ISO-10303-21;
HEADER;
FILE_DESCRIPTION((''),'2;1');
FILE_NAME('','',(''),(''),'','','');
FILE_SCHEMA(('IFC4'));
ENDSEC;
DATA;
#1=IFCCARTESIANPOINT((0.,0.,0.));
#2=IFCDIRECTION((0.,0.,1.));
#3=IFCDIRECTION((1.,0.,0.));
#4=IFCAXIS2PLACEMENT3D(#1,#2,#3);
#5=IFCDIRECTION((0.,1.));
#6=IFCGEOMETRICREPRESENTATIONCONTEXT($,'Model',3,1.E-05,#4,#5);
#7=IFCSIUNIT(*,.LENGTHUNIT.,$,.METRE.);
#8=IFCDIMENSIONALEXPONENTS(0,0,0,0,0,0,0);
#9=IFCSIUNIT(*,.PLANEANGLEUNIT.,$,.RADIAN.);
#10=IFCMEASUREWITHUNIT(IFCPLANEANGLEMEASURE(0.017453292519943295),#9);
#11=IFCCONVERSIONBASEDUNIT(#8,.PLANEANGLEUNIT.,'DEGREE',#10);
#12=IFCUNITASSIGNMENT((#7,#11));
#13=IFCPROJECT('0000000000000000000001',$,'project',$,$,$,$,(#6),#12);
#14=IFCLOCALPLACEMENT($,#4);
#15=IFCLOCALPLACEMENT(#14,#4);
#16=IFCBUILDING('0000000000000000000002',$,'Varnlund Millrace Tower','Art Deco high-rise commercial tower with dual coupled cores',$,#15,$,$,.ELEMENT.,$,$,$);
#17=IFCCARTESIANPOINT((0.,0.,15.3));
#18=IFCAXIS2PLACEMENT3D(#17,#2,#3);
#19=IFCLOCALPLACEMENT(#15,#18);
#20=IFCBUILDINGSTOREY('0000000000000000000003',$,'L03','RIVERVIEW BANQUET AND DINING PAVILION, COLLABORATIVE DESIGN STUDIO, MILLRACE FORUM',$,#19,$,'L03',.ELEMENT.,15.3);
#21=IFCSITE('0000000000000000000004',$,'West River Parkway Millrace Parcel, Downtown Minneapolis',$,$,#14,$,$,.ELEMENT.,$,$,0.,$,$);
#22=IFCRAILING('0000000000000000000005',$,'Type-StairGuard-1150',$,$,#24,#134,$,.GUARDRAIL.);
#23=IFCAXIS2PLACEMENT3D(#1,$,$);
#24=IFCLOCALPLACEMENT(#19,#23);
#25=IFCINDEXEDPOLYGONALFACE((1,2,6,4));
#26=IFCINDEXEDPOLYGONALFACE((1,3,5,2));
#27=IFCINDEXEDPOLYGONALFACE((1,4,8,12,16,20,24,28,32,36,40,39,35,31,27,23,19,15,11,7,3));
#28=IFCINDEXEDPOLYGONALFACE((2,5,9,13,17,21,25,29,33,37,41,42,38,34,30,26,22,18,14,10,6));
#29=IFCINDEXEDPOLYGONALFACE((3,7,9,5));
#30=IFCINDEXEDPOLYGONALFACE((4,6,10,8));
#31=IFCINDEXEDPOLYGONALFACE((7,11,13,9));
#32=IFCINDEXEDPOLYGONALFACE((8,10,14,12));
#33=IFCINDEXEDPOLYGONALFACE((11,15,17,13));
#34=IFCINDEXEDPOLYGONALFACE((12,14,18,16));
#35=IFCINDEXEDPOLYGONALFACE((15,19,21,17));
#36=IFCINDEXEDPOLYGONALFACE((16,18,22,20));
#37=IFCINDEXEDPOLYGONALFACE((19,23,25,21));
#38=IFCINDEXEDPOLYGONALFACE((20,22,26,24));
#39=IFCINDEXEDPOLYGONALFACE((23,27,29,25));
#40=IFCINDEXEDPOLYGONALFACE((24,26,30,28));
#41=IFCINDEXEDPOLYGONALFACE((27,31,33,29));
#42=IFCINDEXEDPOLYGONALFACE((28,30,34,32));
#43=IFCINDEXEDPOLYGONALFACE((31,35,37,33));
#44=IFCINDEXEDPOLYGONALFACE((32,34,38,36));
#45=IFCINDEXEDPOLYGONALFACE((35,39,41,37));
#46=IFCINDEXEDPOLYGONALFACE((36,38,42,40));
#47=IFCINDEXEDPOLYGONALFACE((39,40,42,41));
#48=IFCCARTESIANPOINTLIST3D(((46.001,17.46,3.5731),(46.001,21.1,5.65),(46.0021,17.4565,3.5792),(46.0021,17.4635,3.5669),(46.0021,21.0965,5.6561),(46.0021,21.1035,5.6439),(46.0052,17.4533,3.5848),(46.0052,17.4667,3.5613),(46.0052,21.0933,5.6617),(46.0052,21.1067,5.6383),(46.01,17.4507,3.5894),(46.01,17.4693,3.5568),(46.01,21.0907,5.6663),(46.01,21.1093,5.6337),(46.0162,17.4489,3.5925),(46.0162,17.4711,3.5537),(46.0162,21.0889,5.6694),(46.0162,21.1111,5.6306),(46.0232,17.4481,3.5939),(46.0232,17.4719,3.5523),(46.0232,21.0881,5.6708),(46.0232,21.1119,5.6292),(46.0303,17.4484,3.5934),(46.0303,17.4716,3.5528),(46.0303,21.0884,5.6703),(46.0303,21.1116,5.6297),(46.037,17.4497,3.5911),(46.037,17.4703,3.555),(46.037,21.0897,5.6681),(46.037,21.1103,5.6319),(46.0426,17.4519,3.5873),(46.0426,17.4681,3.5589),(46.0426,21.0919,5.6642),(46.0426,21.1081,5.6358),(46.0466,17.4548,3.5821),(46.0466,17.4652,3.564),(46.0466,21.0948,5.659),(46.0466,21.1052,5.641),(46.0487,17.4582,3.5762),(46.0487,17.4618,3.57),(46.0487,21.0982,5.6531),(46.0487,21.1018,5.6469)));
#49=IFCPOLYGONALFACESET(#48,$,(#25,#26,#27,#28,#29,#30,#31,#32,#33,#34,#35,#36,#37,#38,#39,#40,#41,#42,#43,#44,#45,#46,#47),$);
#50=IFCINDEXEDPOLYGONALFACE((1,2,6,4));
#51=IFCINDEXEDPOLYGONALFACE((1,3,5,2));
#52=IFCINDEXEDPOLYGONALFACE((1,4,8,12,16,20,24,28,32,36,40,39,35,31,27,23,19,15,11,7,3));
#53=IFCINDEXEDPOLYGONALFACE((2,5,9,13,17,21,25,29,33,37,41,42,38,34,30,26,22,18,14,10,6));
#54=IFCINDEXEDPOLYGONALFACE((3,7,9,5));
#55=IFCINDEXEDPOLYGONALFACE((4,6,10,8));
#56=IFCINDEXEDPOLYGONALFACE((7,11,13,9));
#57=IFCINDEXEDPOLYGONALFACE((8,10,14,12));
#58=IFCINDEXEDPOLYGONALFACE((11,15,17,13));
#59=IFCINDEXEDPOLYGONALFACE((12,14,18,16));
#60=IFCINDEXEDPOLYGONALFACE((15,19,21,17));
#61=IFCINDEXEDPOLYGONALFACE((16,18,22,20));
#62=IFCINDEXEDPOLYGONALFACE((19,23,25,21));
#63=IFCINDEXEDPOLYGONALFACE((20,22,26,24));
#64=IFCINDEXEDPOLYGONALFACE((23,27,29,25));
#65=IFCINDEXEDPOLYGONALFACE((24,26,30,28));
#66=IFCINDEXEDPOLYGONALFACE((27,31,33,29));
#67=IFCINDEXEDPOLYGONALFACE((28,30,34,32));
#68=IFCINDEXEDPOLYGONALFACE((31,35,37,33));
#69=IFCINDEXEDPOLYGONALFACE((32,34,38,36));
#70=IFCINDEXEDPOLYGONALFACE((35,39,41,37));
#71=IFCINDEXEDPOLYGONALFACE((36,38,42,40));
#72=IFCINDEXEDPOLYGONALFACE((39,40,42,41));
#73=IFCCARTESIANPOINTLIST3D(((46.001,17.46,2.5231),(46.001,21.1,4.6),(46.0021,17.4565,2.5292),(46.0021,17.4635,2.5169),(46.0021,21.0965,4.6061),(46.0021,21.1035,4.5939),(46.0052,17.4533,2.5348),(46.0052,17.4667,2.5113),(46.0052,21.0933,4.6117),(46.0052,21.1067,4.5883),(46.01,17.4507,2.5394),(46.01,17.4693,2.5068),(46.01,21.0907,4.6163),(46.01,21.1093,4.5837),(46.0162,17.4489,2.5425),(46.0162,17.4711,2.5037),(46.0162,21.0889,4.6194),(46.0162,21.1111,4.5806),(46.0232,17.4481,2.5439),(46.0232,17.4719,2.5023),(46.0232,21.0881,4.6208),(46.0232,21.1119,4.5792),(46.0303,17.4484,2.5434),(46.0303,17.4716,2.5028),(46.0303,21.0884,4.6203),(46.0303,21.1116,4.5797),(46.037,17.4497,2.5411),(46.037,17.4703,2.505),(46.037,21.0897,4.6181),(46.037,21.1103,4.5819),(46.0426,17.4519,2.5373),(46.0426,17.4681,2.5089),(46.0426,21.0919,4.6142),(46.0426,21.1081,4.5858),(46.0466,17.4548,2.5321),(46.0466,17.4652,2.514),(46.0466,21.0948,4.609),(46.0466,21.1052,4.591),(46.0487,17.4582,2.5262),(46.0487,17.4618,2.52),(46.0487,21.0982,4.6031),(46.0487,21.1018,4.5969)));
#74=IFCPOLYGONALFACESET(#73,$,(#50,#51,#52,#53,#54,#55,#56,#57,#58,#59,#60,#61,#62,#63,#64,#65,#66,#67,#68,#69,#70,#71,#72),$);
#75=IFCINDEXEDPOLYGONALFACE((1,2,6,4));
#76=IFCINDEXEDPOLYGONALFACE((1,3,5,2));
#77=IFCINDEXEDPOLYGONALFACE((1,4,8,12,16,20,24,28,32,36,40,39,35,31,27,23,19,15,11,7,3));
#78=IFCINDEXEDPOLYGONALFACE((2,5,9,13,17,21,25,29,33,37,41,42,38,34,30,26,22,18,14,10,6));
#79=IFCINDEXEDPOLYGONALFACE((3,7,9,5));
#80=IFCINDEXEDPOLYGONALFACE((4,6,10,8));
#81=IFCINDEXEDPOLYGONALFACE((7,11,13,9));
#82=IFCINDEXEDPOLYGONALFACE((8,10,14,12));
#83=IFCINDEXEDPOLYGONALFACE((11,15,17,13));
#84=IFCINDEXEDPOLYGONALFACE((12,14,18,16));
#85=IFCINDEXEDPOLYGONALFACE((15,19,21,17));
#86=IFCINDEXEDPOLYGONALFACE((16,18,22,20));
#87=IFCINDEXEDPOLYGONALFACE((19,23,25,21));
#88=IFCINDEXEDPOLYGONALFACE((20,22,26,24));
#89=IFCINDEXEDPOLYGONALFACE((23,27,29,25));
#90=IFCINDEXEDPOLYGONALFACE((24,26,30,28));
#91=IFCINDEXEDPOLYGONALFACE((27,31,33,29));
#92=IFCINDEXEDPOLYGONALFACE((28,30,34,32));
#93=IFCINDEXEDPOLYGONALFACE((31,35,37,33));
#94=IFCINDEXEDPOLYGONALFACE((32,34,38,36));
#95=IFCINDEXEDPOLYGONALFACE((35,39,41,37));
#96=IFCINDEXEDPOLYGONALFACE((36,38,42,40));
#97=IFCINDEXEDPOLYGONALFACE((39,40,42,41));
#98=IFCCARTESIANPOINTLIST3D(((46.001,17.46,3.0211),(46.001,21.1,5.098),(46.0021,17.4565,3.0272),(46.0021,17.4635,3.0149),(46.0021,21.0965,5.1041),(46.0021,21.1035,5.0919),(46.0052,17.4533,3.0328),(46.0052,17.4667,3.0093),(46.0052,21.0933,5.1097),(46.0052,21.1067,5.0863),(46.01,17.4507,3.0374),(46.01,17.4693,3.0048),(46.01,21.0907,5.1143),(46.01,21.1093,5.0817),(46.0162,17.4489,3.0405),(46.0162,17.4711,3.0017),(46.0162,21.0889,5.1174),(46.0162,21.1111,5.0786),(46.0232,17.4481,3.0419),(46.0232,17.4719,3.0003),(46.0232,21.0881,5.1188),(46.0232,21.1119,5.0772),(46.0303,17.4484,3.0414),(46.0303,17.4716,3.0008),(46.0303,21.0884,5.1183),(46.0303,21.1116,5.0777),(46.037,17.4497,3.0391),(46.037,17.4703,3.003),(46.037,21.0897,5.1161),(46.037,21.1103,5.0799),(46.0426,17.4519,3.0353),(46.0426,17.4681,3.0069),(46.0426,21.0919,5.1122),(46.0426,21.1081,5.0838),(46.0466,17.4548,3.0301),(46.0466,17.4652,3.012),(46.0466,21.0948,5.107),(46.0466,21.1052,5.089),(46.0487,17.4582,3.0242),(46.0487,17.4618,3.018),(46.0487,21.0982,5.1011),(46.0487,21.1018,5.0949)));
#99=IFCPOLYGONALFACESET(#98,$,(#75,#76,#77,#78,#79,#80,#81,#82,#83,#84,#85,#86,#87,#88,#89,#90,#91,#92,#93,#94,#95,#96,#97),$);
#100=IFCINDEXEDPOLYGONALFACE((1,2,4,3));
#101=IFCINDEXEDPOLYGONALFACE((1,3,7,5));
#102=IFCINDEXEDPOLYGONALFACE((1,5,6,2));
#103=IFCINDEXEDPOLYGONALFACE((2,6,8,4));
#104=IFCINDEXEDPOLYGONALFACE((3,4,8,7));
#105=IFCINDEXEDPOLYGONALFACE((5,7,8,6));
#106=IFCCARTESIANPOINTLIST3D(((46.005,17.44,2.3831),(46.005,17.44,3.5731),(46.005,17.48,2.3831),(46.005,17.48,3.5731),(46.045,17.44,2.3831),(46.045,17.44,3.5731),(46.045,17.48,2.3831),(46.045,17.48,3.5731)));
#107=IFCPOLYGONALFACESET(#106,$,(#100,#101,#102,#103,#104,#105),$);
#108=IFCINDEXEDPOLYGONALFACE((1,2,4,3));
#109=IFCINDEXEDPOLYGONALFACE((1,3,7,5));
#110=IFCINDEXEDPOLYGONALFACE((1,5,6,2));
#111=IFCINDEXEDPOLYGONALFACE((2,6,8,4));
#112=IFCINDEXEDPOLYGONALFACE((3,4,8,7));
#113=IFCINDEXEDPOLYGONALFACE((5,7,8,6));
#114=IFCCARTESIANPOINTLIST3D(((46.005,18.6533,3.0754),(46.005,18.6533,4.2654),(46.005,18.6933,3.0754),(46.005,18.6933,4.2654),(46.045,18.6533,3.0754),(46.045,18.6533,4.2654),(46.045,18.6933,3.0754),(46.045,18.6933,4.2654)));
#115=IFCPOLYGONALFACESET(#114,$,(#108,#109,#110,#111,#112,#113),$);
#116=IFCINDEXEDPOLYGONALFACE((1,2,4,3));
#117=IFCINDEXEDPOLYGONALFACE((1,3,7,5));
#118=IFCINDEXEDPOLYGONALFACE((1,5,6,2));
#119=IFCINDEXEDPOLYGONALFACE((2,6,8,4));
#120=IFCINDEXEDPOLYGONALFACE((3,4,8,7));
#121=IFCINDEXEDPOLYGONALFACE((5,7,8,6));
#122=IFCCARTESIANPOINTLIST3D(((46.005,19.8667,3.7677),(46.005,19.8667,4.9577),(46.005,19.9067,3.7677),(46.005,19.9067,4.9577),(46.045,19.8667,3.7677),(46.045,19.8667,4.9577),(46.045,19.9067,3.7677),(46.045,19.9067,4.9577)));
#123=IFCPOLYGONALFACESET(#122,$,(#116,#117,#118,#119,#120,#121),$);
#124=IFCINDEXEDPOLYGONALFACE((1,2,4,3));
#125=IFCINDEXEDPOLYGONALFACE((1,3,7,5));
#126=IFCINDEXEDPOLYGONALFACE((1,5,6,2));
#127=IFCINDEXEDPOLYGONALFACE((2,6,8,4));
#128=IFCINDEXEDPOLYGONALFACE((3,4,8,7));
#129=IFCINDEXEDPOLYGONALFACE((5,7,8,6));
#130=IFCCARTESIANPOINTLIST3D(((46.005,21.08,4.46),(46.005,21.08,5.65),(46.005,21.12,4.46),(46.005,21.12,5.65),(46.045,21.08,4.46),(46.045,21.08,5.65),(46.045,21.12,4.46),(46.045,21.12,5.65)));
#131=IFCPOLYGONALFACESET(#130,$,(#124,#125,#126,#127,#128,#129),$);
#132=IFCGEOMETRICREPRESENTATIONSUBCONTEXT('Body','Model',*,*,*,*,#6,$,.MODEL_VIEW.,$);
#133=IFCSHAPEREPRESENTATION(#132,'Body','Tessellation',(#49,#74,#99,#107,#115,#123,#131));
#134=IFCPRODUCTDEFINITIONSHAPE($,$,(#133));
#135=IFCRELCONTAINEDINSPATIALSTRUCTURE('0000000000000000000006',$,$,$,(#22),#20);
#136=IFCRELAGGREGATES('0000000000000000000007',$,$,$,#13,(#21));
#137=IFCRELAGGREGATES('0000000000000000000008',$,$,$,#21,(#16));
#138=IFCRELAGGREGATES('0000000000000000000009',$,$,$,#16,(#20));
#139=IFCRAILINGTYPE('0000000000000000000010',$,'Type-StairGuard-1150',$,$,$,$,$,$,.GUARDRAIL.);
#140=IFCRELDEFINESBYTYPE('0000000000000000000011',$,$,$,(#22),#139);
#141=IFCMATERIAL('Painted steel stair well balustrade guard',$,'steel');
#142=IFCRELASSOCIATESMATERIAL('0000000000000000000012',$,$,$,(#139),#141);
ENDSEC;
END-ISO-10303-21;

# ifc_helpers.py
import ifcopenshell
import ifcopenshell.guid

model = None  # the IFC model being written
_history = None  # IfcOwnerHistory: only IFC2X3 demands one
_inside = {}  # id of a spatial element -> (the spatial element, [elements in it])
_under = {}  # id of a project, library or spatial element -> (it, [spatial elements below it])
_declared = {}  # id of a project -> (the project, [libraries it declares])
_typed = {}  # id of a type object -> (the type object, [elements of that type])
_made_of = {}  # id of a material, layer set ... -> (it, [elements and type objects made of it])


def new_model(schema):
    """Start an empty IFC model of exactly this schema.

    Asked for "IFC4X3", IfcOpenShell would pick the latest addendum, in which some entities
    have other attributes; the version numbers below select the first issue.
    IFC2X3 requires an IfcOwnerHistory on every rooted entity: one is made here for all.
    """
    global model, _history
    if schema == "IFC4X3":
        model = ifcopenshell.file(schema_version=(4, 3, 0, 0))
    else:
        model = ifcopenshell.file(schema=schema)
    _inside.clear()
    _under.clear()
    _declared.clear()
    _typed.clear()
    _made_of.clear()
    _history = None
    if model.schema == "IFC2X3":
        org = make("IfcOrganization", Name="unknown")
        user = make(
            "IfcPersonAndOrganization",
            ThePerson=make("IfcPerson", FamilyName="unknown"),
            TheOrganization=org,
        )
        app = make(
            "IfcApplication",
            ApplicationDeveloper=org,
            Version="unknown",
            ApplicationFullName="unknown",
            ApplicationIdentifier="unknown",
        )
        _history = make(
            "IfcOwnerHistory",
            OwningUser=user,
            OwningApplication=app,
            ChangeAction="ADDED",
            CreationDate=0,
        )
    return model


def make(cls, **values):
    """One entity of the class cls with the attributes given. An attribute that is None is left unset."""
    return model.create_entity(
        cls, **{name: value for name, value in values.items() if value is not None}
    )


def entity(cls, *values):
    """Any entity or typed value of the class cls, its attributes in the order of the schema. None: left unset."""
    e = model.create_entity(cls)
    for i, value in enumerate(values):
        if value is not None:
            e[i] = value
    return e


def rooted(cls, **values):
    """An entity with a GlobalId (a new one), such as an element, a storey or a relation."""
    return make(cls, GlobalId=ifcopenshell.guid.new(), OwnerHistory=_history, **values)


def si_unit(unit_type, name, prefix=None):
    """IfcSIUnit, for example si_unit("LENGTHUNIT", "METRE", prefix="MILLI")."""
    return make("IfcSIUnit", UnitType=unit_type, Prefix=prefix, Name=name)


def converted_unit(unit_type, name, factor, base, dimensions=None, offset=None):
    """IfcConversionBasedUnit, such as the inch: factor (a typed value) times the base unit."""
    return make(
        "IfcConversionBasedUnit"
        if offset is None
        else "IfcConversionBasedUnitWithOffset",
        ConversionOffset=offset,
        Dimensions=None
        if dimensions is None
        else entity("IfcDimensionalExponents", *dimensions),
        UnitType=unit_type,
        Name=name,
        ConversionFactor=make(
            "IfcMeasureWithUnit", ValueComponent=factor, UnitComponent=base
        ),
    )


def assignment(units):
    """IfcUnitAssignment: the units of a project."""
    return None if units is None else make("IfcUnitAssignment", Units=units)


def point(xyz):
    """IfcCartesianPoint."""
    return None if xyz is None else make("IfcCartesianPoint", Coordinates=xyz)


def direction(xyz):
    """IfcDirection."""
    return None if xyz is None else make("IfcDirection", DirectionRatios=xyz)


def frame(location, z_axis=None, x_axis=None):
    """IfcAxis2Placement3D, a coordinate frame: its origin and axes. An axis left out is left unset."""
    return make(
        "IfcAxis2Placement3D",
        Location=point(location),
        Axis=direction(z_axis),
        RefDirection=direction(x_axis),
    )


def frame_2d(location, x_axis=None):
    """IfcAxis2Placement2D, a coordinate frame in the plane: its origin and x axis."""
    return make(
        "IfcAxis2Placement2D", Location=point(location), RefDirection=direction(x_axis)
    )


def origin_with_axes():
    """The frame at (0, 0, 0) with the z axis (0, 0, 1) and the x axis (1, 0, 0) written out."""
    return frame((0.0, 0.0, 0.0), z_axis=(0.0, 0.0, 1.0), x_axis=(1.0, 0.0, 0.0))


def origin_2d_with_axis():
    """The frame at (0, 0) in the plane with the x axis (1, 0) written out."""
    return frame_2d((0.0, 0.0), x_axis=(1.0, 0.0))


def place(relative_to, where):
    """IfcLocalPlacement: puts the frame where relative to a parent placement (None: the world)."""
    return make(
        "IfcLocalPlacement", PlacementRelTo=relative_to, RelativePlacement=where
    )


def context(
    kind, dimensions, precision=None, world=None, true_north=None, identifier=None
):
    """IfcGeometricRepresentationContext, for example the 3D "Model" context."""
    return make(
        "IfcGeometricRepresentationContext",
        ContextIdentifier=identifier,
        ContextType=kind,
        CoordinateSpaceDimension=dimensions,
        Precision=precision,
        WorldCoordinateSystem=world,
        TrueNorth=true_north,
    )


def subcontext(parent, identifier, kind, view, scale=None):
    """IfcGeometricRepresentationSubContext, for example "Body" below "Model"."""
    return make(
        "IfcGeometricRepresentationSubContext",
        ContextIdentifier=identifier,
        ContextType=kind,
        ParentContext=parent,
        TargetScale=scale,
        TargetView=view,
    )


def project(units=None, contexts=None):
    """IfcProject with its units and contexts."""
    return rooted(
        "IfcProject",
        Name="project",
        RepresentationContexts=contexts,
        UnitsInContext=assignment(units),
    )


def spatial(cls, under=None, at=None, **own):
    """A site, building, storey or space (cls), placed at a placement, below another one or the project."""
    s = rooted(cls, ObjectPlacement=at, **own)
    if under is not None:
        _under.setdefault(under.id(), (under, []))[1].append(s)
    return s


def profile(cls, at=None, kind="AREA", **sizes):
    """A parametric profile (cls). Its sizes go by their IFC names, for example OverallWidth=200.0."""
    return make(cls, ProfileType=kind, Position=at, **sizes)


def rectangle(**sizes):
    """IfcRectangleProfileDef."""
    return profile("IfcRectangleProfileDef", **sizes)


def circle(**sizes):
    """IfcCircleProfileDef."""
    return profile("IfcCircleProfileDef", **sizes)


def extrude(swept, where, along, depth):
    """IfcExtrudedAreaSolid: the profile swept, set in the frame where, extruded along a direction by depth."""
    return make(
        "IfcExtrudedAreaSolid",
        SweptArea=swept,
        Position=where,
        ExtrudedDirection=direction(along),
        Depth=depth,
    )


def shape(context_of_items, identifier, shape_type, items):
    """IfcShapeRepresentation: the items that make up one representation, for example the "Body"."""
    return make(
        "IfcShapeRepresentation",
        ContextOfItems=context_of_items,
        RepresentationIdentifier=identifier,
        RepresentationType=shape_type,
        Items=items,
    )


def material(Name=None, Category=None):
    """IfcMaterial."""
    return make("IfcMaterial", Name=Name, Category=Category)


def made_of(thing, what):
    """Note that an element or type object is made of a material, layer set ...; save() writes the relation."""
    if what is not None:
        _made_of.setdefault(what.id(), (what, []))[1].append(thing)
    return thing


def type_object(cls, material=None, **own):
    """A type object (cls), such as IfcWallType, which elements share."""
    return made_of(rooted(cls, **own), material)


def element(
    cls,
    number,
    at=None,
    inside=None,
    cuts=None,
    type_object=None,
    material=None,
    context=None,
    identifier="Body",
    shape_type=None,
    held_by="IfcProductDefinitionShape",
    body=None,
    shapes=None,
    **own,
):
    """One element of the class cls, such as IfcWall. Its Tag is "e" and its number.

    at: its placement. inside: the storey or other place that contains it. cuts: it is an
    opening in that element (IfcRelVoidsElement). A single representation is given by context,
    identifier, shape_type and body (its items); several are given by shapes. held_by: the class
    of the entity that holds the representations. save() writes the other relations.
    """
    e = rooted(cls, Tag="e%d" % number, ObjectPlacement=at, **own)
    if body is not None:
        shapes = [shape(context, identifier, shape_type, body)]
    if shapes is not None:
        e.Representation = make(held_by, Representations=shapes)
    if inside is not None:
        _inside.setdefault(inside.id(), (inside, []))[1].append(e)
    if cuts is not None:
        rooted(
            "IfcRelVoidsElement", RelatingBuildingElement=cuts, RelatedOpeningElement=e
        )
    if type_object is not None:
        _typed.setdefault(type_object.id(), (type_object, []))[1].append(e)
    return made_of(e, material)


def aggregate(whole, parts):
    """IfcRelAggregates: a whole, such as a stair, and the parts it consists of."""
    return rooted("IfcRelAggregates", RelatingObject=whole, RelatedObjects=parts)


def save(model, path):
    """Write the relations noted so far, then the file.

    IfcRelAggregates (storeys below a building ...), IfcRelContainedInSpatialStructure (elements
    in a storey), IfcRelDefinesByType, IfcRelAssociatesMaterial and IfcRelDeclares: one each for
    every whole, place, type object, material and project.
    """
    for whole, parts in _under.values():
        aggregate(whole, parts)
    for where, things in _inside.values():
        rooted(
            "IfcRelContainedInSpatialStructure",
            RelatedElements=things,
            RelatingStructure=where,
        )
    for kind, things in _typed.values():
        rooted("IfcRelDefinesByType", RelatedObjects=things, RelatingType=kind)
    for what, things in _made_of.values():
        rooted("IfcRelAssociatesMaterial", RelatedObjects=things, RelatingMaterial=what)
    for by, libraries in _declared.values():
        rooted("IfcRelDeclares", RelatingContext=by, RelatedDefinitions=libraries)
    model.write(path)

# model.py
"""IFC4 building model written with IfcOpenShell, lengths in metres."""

from ifc_helpers import new_model, entity, si_unit, converted_unit, direction, frame, origin_with_axes, origin_2d_with_axis, place, context, subcontext, project, spatial, rectangle, circle, extrude, material, type_object, element, save


model = new_model("IFC4")

# Units and contexts
model_context = context("Model", 3, precision=1e-05, world=origin_with_axes(), true_north=direction((0.0, 1.0)))
body_context = subcontext(model_context, "Body", "Model", "MODEL_VIEW")
ifc_project = project(units=[si_unit("LENGTHUNIT", "METRE"), converted_unit("PLANEANGLEUNIT", "DEGREE", entity("IfcPlaneAngleMeasure", 0.017453292519943295), si_unit("PLANEANGLEUNIT", "RADIAN"), dimensions=[0, 0, 0, 0, 0, 0, 0])], contexts=[model_context])

# Site, building, storey
site_placement = place(None, origin_with_axes())
site = spatial("IfcSite", under=ifc_project, at=site_placement, Name="West River Parkway Millrace Parcel, Downtown Minneapolis", CompositionType="ELEMENT", RefElevation=0.0)
building_placement = place(site_placement, origin_with_axes())
building = spatial("IfcBuilding", under=site, at=building_placement, Name="Varnlund Millrace Tower", Description="Art Deco high-rise commercial tower with dual coupled cores", CompositionType="ELEMENT")
storey_placement = place(building_placement, frame((0.0, 0.0, 15.3), z_axis=(0.0, 0.0, 1.0), x_axis=(1.0, 0.0, 0.0)))
storey = spatial("IfcBuildingStorey", under=building, at=storey_placement, Name="L03", Description="RIVERVIEW BANQUET AND DINING PAVILION, COLLABORATIVE DESIGN STUDIO, MILLRACE FORUM", LongName="L03", CompositionType="ELEMENT", Elevation=15.3)

# Railing
ifc_material_1 = material(Name="Painted steel stair well balustrade guard", Category="steel")
railing_type_1 = type_object("IfcRailingType", Name="Type-StairGuard-1150", PredefinedType="GUARDRAIL", material=ifc_material_1)
railing_1_placement = place(storey_placement, frame((0.0, 0.0, -15.3), z_axis=(0.0, 0.0, 1.0), x_axis=(1.0, 0.0, 0.0)))
element("IfcRailing", 1, at=railing_1_placement, inside=storey, type_object=railing_type_1, Name="Type-StairGuard-1150", PredefinedType="GUARDRAIL", context=body_context, shape_type="SweptSolid", body=[
    extrude(circle(Radius=0.024, at=origin_2d_with_axis()), frame((46.025, 17.46, 18.8731), z_axis=(0.0, 0.868559, 0.495585), x_axis=(-1.0, 0.0, 0.0)), (0.0, 0.0, 1.0), 4.1908),
    extrude(circle(Radius=0.024, at=origin_2d_with_axis()), frame((46.025, 17.46, 17.8231), z_axis=(0.0, 0.868559, 0.495585), x_axis=(-1.0, 0.0, 0.0)), (0.0, 0.0, 1.0), 4.1908),
    extrude(circle(Radius=0.024, at=origin_2d_with_axis()), frame((46.025, 17.46, 18.3211), z_axis=(0.0, 0.868559, 0.495585), x_axis=(-1.0, 0.0, 0.0)), (0.0, 0.0, 1.0), 4.1908),
    extrude(rectangle(XDim=0.04, YDim=0.04, at=origin_2d_with_axis()), frame((46.025, 17.46, 17.6831), z_axis=(0.0, 0.0, 1.0), x_axis=(1.0, 0.0, 0.0)), (0.0, 0.0, 1.0), 1.19),
    extrude(rectangle(XDim=0.04, YDim=0.04, at=origin_2d_with_axis()), frame((46.025, 18.6733, 18.3754), z_axis=(0.0, 0.0, 1.0), x_axis=(1.0, 0.0, 0.0)), (0.0, 0.0, 1.0), 1.19),
    extrude(rectangle(XDim=0.04, YDim=0.04, at=origin_2d_with_axis()), frame((46.025, 19.8867, 19.0677), z_axis=(0.0, 0.0, 1.0), x_axis=(1.0, 0.0, 0.0)), (0.0, 0.0, 1.0), 1.19),
    extrude(rectangle(XDim=0.04, YDim=0.04, at=origin_2d_with_axis()), frame((46.025, 21.1, 19.76), z_axis=(0.0, 0.0, 1.0), x_axis=(1.0, 0.0, 0.0)), (0.0, 0.0, 1.0), 1.19),
])

save(model, "model.ifc")
